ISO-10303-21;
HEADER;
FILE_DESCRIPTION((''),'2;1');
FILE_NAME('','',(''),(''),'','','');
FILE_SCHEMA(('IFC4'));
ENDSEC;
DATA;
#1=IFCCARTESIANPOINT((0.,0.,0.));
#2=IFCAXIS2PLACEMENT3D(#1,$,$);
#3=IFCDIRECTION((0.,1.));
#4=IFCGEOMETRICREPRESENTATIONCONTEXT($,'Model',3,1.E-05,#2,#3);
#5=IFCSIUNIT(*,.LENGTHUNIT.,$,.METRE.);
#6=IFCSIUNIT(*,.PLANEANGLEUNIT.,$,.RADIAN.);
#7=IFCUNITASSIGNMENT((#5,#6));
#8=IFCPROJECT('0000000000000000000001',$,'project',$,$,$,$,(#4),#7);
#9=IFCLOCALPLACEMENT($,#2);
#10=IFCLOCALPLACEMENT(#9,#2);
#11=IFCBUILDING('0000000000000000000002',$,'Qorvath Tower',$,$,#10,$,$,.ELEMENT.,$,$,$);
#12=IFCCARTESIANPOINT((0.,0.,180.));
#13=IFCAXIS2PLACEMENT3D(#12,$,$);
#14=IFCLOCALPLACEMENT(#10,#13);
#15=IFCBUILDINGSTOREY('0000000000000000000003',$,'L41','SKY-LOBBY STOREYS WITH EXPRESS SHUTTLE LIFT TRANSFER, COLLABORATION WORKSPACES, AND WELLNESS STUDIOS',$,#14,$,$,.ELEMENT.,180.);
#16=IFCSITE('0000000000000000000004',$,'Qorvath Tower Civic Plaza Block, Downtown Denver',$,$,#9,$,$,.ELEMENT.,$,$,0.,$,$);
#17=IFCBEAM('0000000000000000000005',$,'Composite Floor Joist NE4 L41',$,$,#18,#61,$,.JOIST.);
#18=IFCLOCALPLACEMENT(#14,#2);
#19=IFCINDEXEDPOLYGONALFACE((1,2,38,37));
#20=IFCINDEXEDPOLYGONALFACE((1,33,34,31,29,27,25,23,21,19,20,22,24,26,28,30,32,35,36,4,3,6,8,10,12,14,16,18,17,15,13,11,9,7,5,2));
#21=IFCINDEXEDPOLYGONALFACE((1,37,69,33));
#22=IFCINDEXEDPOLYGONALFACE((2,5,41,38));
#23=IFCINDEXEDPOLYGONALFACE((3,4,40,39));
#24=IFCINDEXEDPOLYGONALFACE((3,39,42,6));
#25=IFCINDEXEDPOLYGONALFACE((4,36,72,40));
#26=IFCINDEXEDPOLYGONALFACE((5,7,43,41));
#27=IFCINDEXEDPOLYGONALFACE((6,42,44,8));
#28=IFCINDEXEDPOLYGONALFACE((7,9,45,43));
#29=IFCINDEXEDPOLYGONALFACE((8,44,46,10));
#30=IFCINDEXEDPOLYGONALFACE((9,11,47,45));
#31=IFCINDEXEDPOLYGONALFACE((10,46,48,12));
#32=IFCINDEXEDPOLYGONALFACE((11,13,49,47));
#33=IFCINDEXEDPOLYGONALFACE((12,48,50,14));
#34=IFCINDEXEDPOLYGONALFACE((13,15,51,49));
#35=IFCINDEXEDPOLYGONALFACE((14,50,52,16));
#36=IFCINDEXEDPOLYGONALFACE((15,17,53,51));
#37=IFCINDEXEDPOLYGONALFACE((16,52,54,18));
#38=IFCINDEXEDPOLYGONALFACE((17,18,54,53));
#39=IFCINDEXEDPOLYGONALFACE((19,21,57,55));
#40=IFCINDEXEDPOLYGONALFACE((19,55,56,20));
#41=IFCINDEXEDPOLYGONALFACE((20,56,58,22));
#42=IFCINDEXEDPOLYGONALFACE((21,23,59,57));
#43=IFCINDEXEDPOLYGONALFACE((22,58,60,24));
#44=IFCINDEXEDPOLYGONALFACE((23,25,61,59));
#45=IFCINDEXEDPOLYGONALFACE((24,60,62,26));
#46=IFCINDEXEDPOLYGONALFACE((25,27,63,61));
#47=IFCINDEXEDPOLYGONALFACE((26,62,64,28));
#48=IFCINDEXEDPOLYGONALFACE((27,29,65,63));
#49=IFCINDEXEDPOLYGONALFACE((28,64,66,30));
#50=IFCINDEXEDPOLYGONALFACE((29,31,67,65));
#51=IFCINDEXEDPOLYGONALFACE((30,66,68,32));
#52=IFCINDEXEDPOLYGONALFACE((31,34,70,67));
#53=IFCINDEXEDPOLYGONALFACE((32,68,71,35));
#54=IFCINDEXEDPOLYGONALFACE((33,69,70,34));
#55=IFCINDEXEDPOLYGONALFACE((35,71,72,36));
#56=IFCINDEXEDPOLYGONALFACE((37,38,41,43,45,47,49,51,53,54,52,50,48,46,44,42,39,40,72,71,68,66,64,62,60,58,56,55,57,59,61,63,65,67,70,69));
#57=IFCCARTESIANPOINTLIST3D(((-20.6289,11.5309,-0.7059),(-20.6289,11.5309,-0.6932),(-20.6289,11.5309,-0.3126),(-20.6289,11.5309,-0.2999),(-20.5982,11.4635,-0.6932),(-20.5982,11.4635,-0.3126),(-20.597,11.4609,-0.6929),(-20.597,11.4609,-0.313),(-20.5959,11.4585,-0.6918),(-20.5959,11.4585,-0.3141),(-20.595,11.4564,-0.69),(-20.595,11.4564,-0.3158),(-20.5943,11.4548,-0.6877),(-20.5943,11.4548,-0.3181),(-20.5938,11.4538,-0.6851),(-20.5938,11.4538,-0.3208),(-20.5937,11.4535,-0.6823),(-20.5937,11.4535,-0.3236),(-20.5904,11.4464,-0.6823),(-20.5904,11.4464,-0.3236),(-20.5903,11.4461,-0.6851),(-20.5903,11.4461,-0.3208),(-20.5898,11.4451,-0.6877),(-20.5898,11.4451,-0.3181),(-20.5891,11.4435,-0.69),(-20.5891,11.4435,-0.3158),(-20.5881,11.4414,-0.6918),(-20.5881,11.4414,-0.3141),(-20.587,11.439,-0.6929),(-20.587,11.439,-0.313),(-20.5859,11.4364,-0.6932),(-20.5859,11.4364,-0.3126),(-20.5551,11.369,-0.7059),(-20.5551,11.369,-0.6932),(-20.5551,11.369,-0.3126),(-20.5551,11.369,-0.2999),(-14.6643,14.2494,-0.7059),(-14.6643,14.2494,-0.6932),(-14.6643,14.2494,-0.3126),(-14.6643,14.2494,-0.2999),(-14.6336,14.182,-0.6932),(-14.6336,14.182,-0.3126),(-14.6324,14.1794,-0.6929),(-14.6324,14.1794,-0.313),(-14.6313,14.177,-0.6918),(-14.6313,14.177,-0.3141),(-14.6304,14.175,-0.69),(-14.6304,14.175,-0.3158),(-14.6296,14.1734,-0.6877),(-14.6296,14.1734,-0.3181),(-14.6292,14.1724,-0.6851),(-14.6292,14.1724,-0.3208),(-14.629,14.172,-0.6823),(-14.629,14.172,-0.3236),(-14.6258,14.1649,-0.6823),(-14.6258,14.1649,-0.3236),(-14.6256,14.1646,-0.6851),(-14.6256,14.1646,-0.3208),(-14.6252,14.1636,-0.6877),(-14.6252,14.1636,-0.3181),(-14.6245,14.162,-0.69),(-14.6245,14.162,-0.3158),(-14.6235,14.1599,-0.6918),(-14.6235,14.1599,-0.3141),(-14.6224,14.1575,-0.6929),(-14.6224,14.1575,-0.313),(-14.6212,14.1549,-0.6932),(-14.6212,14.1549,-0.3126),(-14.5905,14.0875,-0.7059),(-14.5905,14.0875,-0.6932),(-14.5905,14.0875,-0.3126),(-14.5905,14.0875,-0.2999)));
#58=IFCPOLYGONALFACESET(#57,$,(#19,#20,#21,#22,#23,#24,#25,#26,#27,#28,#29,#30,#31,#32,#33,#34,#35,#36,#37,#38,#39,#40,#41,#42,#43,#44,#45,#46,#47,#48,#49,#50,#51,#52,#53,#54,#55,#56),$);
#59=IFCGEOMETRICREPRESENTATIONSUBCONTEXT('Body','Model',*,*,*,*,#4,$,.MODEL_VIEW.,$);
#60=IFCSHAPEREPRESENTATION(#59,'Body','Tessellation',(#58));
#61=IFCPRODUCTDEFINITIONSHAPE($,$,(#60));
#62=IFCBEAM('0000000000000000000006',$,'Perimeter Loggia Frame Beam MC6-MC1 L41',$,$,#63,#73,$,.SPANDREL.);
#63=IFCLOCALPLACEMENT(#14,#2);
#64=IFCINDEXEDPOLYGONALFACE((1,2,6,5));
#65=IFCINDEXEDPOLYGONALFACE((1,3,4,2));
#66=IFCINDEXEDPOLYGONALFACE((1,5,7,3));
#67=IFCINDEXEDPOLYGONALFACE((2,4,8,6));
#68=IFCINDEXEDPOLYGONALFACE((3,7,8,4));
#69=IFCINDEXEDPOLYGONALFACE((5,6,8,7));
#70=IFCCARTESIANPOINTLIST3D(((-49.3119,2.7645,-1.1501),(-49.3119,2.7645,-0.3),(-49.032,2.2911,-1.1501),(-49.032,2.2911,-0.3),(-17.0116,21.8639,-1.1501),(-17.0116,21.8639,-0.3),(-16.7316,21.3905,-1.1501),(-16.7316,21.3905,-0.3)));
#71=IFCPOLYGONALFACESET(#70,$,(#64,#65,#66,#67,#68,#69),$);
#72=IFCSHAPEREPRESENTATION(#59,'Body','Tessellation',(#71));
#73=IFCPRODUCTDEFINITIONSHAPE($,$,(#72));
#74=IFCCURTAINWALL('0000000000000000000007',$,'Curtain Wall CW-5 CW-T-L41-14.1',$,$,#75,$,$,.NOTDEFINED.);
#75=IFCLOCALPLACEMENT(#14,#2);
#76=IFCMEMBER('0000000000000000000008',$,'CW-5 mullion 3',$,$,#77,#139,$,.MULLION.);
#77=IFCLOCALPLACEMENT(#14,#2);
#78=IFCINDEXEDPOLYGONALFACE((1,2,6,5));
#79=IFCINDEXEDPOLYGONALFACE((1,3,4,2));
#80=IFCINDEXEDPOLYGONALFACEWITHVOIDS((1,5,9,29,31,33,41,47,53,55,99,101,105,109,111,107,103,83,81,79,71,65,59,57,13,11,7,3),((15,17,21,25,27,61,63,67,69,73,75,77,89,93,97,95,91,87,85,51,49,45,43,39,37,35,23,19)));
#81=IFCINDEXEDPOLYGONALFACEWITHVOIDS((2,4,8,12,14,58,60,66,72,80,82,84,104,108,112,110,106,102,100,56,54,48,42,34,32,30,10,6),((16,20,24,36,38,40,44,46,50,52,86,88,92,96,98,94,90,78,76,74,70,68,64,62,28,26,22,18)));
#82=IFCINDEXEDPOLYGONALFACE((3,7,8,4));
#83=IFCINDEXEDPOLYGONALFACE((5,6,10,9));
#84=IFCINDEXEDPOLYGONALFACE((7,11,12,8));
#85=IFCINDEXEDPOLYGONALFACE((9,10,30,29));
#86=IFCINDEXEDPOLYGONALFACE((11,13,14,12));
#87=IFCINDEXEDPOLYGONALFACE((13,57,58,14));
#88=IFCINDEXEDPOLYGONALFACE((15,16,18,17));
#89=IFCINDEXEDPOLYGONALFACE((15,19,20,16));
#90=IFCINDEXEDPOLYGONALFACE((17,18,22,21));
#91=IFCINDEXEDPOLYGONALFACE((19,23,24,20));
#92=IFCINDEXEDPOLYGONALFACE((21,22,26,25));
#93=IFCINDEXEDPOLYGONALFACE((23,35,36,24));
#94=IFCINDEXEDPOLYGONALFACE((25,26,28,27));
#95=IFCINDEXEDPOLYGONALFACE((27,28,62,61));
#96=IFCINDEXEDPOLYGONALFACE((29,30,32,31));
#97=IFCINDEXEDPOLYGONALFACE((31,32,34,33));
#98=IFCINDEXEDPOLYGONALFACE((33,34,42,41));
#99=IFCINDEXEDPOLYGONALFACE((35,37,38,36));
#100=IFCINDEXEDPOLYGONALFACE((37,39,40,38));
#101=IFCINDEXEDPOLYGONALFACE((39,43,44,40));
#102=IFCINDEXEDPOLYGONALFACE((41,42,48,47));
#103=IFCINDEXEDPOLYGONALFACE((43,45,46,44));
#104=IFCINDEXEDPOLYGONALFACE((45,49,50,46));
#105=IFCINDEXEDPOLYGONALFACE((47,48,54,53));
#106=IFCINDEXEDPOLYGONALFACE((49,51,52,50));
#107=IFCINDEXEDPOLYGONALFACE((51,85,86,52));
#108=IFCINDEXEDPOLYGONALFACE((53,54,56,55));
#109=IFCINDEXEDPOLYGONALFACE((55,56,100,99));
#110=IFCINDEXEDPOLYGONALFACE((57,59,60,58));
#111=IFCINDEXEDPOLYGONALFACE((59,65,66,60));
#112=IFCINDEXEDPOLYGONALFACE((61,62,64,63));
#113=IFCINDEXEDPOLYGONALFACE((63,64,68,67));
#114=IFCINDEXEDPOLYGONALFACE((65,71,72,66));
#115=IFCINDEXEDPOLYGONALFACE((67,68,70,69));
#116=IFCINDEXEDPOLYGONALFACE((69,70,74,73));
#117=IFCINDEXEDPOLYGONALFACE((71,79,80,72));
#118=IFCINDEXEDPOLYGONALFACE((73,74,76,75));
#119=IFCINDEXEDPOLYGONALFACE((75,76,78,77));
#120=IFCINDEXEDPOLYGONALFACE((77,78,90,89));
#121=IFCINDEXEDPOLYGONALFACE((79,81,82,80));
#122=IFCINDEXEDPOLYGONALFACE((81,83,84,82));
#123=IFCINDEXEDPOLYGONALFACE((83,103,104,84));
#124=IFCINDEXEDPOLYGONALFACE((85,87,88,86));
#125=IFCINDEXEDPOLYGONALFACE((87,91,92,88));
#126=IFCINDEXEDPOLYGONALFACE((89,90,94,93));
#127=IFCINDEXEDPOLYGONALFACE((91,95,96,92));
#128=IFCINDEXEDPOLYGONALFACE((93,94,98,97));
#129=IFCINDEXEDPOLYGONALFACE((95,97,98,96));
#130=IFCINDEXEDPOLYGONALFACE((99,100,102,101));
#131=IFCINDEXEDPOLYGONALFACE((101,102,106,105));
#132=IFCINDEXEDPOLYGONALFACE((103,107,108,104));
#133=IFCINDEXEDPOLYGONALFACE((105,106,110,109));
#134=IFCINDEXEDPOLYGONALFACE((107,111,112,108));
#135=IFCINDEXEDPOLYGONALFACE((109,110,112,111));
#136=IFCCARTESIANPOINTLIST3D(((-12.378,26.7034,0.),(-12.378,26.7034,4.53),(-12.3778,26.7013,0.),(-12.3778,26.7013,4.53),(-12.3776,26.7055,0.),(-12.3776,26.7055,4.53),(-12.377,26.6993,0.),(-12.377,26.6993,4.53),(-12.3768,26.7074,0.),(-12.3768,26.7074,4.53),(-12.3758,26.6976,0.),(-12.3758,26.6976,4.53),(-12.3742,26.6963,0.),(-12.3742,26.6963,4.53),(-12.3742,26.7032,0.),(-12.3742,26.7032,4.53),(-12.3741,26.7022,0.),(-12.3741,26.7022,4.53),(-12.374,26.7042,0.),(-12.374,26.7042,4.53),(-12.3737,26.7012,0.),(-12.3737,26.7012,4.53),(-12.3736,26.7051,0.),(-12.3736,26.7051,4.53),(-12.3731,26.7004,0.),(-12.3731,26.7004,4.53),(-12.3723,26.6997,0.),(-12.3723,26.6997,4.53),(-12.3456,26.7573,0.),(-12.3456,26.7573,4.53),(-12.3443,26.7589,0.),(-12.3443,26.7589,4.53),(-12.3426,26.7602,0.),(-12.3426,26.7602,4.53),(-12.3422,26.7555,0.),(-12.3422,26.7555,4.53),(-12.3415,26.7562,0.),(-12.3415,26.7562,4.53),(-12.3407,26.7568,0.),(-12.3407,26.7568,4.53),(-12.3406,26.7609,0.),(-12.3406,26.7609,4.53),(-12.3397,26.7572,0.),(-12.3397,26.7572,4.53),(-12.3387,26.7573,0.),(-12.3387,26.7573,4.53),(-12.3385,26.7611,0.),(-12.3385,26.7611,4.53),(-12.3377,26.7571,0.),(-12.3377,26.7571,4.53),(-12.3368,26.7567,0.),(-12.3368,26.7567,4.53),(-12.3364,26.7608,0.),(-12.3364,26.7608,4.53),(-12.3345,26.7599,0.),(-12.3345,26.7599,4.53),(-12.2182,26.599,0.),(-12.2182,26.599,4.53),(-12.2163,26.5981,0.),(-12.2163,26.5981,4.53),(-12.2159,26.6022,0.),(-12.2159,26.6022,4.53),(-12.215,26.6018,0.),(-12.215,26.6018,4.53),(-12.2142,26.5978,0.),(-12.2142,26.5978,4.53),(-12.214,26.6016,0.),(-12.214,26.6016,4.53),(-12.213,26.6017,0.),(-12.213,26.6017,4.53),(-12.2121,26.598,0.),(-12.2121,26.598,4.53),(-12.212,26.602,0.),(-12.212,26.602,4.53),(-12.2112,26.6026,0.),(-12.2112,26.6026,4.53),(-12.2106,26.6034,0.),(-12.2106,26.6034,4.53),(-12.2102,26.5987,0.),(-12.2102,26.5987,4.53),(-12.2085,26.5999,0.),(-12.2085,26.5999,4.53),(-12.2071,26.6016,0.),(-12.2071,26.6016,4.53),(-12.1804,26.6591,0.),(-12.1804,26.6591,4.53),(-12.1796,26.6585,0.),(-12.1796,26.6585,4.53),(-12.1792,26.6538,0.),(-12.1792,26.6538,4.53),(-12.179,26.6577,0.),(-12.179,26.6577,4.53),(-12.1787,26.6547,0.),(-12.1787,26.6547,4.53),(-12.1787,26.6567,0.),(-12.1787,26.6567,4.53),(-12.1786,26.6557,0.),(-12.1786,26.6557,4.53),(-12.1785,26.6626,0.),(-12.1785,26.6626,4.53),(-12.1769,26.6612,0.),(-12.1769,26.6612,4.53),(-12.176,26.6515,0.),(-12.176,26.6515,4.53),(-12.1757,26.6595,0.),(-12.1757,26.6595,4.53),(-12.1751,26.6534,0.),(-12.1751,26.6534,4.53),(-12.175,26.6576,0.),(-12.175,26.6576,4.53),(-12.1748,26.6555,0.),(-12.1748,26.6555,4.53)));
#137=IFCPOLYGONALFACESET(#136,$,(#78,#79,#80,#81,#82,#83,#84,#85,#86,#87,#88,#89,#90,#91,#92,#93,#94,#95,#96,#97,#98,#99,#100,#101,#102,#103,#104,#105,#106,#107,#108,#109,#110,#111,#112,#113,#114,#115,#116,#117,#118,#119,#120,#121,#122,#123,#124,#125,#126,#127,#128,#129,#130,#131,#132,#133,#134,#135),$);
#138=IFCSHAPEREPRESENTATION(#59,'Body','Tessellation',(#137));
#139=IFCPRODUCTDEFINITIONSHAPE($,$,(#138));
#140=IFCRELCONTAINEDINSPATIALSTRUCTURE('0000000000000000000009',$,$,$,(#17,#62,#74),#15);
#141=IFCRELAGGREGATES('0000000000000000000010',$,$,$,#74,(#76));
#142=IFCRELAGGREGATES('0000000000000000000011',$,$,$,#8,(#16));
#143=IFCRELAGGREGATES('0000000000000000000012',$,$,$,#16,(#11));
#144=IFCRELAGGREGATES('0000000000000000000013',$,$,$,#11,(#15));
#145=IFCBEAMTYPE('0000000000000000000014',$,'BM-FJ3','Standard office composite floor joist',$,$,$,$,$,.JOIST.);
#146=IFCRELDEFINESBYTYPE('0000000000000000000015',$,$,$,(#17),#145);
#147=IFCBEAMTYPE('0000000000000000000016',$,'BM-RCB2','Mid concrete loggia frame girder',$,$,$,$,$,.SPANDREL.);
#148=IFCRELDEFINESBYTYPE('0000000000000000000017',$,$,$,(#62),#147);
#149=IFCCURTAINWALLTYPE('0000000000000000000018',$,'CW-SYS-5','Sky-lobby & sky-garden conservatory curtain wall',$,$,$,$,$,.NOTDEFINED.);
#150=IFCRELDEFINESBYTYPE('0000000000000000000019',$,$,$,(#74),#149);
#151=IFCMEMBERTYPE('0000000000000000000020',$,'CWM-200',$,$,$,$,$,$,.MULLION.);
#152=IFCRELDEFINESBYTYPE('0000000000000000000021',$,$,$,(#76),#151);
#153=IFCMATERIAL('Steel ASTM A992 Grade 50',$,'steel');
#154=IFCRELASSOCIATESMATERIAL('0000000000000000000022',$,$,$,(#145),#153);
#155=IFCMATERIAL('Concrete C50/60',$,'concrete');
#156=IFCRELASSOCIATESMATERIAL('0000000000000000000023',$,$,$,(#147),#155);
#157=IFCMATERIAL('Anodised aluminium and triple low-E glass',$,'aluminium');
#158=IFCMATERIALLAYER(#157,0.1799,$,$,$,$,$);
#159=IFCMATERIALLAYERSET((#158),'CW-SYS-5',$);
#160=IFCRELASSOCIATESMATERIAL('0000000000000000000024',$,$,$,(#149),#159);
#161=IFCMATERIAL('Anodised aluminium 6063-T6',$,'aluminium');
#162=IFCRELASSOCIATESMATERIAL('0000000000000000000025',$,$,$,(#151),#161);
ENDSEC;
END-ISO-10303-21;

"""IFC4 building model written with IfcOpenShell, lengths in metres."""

from ifc_helpers import new_model, si_unit, direction, frame, origin, origin_2d, place, context, subcontext, project, spatial, rectangle, hollow_rectangle, i_section, extrude, material, layer, layer_set, material_profile, profile_set, type_object, element, aggregate, save


model = new_model("IFC4")

# Units and contexts
model_context = context("Model", 3, precision=1e-05, world=origin(), true_north=direction((0.0, 1.0)))
body_context = subcontext(model_context, "Body", "Model", "MODEL_VIEW")
ifc_project = project(units=[si_unit("LENGTHUNIT", "METRE"), si_unit("PLANEANGLEUNIT", "RADIAN")], contexts=[model_context])

# Site, building, storey
site_placement = place(None, origin())
site = spatial("IfcSite", under=ifc_project, at=site_placement, Name="Qorvath Tower Civic Plaza Block, Downtown Denver", CompositionType="ELEMENT", RefElevation=0.0)
building_placement = place(site_placement, origin())
building = spatial("IfcBuilding", under=site, at=building_placement, Name="Qorvath Tower", CompositionType="ELEMENT")
storey_placement = place(building_placement, frame((0.0, 0.0, 180.0)))
storey = spatial("IfcBuildingStorey", under=building, at=storey_placement, Name="L41", Description="SKY-LOBBY STOREYS WITH EXPRESS SHUTTLE LIFT TRANSFER, COLLABORATION WORKSPACES, AND WELLNESS STUDIOS", CompositionType="ELEMENT", Elevation=180.0)

# Beams
ifc_material_1 = material(Name="Steel ASTM A992 Grade 50", Category="steel")
ifc_material_profile_1 = material_profile(ifc_material_1, i_section(OverallWidth=0.178, OverallDepth=0.406, WebThickness=0.0078, FlangeThickness=0.0127, FilletRadius=0.011, at=origin_2d()), Name="W16x40")
ifc_profile_set_1 = profile_set([ifc_material_profile_1], Name="Steel ASTM A992 Grade 50")
beam_type_1 = type_object("IfcBeamType", Name="BM-FJ3", Description="Standard office composite floor joist", PredefinedType="JOIST", material=ifc_profile_set_1)
beam_1_placement = place(storey_placement, frame((-20.592, 11.45, -0.5029), z_axis=(0.909945, 0.414729, 0.0), x_axis=(-0.414729, 0.909945, 0.0)))
element("IfcBeam", 1, at=beam_1_placement, inside=storey, type_object=beam_type_1, Name="Composite Floor Joist NE4 L41", PredefinedType="JOIST", context=body_context, shape_type="SweptSolid", body=[
    extrude(i_section(OverallWidth=0.178, OverallDepth=0.406, WebThickness=0.0078, FlangeThickness=0.0127, FilletRadius=0.011, at=origin_2d()), origin(), (0.0, 0.0, 1.0), 6.5549),
])
ifc_material_2 = material(Name="Concrete C50/60", Category="concrete")
ifc_material_profile_2 = material_profile(ifc_material_2, rectangle(XDim=0.55, YDim=0.8501, at=origin_2d()), Name="RCB 850x550")
ifc_profile_set_2 = profile_set([ifc_material_profile_2], Name="Concrete C50/60")
beam_type_2 = type_object("IfcBeamType", Name="BM-RCB2", Description="Mid concrete loggia frame girder", PredefinedType="SPANDREL", material=ifc_profile_set_2)
beam_2_placement = place(storey_placement, frame((-16.8716, 21.6272, -0.7251), z_axis=(-0.860777, -0.508983, 0.0), x_axis=(0.508983, -0.860777, 0.0)))
element("IfcBeam", 2, at=beam_2_placement, inside=storey, type_object=beam_type_2, Name="Perimeter Loggia Frame Beam MC6-MC1 L41", PredefinedType="SPANDREL", context=body_context, shape_type="SweptSolid", body=[
    extrude(rectangle(XDim=0.55, YDim=0.8501, at=origin_2d()), origin(), (0.0, 0.0, 1.0), 37.5247),
])

# Curtain wall, member
ifc_material_3 = material(Name="Anodised aluminium and triple low-E glass", Category="aluminium")
ifc_layer_1 = layer(ifc_material_3, 0.1799)
ifc_layer_set_1 = layer_set([ifc_layer_1], Name="CW-SYS-5")
curtain_wall_type = type_object("IfcCurtainWallType", Name="CW-SYS-5", Description="Sky-lobby & sky-garden conservatory curtain wall", PredefinedType="NOTDEFINED", material=ifc_layer_set_1)
curtain_wall_1_placement = place(storey_placement, origin())
curtain_wall_1 = element("IfcCurtainWall", 3, at=curtain_wall_1_placement, inside=storey, type_object=curtain_wall_type, Name="Curtain Wall CW-5 CW-T-L41-14.1", PredefinedType="NOTDEFINED")
ifc_material_4 = material(Name="Anodised aluminium 6063-T6", Category="aluminium")
ifc_material_profile_3 = material_profile(ifc_material_4, hollow_rectangle(XDim=0.075, YDim=0.2, WallThickness=0.0039, InnerFilletRadius=0.0039, OuterFilletRadius=0.0081, at=origin_2d()), Name="CWM 200x75")
ifc_profile_set_3 = profile_set([ifc_material_profile_3], Name="Anodised aluminium 6063-T6")
member_type_1 = type_object("IfcMemberType", Name="CWM-200", PredefinedType="MULLION", material=ifc_profile_set_3)
member_1_placement = place(storey_placement, frame((-12.2764, 26.6794, 0.0), z_axis=(0.0, 0.0, 1.0), x_axis=(-0.52931, -0.848429, 0.0)))
member_1 = element("IfcMember", 4, at=member_1_placement, type_object=member_type_1, Name="CW-5 mullion 3", PredefinedType="MULLION", context=body_context, shape_type="SweptSolid", body=[
    extrude(hollow_rectangle(XDim=0.075, YDim=0.2, WallThickness=0.0039, InnerFilletRadius=0.0039, OuterFilletRadius=0.0081, at=origin_2d()), origin(), (0.0, 0.0, 1.0), 4.53),
])
aggregate(curtain_wall_1, [member_1])

save(model, "model.ifc")
